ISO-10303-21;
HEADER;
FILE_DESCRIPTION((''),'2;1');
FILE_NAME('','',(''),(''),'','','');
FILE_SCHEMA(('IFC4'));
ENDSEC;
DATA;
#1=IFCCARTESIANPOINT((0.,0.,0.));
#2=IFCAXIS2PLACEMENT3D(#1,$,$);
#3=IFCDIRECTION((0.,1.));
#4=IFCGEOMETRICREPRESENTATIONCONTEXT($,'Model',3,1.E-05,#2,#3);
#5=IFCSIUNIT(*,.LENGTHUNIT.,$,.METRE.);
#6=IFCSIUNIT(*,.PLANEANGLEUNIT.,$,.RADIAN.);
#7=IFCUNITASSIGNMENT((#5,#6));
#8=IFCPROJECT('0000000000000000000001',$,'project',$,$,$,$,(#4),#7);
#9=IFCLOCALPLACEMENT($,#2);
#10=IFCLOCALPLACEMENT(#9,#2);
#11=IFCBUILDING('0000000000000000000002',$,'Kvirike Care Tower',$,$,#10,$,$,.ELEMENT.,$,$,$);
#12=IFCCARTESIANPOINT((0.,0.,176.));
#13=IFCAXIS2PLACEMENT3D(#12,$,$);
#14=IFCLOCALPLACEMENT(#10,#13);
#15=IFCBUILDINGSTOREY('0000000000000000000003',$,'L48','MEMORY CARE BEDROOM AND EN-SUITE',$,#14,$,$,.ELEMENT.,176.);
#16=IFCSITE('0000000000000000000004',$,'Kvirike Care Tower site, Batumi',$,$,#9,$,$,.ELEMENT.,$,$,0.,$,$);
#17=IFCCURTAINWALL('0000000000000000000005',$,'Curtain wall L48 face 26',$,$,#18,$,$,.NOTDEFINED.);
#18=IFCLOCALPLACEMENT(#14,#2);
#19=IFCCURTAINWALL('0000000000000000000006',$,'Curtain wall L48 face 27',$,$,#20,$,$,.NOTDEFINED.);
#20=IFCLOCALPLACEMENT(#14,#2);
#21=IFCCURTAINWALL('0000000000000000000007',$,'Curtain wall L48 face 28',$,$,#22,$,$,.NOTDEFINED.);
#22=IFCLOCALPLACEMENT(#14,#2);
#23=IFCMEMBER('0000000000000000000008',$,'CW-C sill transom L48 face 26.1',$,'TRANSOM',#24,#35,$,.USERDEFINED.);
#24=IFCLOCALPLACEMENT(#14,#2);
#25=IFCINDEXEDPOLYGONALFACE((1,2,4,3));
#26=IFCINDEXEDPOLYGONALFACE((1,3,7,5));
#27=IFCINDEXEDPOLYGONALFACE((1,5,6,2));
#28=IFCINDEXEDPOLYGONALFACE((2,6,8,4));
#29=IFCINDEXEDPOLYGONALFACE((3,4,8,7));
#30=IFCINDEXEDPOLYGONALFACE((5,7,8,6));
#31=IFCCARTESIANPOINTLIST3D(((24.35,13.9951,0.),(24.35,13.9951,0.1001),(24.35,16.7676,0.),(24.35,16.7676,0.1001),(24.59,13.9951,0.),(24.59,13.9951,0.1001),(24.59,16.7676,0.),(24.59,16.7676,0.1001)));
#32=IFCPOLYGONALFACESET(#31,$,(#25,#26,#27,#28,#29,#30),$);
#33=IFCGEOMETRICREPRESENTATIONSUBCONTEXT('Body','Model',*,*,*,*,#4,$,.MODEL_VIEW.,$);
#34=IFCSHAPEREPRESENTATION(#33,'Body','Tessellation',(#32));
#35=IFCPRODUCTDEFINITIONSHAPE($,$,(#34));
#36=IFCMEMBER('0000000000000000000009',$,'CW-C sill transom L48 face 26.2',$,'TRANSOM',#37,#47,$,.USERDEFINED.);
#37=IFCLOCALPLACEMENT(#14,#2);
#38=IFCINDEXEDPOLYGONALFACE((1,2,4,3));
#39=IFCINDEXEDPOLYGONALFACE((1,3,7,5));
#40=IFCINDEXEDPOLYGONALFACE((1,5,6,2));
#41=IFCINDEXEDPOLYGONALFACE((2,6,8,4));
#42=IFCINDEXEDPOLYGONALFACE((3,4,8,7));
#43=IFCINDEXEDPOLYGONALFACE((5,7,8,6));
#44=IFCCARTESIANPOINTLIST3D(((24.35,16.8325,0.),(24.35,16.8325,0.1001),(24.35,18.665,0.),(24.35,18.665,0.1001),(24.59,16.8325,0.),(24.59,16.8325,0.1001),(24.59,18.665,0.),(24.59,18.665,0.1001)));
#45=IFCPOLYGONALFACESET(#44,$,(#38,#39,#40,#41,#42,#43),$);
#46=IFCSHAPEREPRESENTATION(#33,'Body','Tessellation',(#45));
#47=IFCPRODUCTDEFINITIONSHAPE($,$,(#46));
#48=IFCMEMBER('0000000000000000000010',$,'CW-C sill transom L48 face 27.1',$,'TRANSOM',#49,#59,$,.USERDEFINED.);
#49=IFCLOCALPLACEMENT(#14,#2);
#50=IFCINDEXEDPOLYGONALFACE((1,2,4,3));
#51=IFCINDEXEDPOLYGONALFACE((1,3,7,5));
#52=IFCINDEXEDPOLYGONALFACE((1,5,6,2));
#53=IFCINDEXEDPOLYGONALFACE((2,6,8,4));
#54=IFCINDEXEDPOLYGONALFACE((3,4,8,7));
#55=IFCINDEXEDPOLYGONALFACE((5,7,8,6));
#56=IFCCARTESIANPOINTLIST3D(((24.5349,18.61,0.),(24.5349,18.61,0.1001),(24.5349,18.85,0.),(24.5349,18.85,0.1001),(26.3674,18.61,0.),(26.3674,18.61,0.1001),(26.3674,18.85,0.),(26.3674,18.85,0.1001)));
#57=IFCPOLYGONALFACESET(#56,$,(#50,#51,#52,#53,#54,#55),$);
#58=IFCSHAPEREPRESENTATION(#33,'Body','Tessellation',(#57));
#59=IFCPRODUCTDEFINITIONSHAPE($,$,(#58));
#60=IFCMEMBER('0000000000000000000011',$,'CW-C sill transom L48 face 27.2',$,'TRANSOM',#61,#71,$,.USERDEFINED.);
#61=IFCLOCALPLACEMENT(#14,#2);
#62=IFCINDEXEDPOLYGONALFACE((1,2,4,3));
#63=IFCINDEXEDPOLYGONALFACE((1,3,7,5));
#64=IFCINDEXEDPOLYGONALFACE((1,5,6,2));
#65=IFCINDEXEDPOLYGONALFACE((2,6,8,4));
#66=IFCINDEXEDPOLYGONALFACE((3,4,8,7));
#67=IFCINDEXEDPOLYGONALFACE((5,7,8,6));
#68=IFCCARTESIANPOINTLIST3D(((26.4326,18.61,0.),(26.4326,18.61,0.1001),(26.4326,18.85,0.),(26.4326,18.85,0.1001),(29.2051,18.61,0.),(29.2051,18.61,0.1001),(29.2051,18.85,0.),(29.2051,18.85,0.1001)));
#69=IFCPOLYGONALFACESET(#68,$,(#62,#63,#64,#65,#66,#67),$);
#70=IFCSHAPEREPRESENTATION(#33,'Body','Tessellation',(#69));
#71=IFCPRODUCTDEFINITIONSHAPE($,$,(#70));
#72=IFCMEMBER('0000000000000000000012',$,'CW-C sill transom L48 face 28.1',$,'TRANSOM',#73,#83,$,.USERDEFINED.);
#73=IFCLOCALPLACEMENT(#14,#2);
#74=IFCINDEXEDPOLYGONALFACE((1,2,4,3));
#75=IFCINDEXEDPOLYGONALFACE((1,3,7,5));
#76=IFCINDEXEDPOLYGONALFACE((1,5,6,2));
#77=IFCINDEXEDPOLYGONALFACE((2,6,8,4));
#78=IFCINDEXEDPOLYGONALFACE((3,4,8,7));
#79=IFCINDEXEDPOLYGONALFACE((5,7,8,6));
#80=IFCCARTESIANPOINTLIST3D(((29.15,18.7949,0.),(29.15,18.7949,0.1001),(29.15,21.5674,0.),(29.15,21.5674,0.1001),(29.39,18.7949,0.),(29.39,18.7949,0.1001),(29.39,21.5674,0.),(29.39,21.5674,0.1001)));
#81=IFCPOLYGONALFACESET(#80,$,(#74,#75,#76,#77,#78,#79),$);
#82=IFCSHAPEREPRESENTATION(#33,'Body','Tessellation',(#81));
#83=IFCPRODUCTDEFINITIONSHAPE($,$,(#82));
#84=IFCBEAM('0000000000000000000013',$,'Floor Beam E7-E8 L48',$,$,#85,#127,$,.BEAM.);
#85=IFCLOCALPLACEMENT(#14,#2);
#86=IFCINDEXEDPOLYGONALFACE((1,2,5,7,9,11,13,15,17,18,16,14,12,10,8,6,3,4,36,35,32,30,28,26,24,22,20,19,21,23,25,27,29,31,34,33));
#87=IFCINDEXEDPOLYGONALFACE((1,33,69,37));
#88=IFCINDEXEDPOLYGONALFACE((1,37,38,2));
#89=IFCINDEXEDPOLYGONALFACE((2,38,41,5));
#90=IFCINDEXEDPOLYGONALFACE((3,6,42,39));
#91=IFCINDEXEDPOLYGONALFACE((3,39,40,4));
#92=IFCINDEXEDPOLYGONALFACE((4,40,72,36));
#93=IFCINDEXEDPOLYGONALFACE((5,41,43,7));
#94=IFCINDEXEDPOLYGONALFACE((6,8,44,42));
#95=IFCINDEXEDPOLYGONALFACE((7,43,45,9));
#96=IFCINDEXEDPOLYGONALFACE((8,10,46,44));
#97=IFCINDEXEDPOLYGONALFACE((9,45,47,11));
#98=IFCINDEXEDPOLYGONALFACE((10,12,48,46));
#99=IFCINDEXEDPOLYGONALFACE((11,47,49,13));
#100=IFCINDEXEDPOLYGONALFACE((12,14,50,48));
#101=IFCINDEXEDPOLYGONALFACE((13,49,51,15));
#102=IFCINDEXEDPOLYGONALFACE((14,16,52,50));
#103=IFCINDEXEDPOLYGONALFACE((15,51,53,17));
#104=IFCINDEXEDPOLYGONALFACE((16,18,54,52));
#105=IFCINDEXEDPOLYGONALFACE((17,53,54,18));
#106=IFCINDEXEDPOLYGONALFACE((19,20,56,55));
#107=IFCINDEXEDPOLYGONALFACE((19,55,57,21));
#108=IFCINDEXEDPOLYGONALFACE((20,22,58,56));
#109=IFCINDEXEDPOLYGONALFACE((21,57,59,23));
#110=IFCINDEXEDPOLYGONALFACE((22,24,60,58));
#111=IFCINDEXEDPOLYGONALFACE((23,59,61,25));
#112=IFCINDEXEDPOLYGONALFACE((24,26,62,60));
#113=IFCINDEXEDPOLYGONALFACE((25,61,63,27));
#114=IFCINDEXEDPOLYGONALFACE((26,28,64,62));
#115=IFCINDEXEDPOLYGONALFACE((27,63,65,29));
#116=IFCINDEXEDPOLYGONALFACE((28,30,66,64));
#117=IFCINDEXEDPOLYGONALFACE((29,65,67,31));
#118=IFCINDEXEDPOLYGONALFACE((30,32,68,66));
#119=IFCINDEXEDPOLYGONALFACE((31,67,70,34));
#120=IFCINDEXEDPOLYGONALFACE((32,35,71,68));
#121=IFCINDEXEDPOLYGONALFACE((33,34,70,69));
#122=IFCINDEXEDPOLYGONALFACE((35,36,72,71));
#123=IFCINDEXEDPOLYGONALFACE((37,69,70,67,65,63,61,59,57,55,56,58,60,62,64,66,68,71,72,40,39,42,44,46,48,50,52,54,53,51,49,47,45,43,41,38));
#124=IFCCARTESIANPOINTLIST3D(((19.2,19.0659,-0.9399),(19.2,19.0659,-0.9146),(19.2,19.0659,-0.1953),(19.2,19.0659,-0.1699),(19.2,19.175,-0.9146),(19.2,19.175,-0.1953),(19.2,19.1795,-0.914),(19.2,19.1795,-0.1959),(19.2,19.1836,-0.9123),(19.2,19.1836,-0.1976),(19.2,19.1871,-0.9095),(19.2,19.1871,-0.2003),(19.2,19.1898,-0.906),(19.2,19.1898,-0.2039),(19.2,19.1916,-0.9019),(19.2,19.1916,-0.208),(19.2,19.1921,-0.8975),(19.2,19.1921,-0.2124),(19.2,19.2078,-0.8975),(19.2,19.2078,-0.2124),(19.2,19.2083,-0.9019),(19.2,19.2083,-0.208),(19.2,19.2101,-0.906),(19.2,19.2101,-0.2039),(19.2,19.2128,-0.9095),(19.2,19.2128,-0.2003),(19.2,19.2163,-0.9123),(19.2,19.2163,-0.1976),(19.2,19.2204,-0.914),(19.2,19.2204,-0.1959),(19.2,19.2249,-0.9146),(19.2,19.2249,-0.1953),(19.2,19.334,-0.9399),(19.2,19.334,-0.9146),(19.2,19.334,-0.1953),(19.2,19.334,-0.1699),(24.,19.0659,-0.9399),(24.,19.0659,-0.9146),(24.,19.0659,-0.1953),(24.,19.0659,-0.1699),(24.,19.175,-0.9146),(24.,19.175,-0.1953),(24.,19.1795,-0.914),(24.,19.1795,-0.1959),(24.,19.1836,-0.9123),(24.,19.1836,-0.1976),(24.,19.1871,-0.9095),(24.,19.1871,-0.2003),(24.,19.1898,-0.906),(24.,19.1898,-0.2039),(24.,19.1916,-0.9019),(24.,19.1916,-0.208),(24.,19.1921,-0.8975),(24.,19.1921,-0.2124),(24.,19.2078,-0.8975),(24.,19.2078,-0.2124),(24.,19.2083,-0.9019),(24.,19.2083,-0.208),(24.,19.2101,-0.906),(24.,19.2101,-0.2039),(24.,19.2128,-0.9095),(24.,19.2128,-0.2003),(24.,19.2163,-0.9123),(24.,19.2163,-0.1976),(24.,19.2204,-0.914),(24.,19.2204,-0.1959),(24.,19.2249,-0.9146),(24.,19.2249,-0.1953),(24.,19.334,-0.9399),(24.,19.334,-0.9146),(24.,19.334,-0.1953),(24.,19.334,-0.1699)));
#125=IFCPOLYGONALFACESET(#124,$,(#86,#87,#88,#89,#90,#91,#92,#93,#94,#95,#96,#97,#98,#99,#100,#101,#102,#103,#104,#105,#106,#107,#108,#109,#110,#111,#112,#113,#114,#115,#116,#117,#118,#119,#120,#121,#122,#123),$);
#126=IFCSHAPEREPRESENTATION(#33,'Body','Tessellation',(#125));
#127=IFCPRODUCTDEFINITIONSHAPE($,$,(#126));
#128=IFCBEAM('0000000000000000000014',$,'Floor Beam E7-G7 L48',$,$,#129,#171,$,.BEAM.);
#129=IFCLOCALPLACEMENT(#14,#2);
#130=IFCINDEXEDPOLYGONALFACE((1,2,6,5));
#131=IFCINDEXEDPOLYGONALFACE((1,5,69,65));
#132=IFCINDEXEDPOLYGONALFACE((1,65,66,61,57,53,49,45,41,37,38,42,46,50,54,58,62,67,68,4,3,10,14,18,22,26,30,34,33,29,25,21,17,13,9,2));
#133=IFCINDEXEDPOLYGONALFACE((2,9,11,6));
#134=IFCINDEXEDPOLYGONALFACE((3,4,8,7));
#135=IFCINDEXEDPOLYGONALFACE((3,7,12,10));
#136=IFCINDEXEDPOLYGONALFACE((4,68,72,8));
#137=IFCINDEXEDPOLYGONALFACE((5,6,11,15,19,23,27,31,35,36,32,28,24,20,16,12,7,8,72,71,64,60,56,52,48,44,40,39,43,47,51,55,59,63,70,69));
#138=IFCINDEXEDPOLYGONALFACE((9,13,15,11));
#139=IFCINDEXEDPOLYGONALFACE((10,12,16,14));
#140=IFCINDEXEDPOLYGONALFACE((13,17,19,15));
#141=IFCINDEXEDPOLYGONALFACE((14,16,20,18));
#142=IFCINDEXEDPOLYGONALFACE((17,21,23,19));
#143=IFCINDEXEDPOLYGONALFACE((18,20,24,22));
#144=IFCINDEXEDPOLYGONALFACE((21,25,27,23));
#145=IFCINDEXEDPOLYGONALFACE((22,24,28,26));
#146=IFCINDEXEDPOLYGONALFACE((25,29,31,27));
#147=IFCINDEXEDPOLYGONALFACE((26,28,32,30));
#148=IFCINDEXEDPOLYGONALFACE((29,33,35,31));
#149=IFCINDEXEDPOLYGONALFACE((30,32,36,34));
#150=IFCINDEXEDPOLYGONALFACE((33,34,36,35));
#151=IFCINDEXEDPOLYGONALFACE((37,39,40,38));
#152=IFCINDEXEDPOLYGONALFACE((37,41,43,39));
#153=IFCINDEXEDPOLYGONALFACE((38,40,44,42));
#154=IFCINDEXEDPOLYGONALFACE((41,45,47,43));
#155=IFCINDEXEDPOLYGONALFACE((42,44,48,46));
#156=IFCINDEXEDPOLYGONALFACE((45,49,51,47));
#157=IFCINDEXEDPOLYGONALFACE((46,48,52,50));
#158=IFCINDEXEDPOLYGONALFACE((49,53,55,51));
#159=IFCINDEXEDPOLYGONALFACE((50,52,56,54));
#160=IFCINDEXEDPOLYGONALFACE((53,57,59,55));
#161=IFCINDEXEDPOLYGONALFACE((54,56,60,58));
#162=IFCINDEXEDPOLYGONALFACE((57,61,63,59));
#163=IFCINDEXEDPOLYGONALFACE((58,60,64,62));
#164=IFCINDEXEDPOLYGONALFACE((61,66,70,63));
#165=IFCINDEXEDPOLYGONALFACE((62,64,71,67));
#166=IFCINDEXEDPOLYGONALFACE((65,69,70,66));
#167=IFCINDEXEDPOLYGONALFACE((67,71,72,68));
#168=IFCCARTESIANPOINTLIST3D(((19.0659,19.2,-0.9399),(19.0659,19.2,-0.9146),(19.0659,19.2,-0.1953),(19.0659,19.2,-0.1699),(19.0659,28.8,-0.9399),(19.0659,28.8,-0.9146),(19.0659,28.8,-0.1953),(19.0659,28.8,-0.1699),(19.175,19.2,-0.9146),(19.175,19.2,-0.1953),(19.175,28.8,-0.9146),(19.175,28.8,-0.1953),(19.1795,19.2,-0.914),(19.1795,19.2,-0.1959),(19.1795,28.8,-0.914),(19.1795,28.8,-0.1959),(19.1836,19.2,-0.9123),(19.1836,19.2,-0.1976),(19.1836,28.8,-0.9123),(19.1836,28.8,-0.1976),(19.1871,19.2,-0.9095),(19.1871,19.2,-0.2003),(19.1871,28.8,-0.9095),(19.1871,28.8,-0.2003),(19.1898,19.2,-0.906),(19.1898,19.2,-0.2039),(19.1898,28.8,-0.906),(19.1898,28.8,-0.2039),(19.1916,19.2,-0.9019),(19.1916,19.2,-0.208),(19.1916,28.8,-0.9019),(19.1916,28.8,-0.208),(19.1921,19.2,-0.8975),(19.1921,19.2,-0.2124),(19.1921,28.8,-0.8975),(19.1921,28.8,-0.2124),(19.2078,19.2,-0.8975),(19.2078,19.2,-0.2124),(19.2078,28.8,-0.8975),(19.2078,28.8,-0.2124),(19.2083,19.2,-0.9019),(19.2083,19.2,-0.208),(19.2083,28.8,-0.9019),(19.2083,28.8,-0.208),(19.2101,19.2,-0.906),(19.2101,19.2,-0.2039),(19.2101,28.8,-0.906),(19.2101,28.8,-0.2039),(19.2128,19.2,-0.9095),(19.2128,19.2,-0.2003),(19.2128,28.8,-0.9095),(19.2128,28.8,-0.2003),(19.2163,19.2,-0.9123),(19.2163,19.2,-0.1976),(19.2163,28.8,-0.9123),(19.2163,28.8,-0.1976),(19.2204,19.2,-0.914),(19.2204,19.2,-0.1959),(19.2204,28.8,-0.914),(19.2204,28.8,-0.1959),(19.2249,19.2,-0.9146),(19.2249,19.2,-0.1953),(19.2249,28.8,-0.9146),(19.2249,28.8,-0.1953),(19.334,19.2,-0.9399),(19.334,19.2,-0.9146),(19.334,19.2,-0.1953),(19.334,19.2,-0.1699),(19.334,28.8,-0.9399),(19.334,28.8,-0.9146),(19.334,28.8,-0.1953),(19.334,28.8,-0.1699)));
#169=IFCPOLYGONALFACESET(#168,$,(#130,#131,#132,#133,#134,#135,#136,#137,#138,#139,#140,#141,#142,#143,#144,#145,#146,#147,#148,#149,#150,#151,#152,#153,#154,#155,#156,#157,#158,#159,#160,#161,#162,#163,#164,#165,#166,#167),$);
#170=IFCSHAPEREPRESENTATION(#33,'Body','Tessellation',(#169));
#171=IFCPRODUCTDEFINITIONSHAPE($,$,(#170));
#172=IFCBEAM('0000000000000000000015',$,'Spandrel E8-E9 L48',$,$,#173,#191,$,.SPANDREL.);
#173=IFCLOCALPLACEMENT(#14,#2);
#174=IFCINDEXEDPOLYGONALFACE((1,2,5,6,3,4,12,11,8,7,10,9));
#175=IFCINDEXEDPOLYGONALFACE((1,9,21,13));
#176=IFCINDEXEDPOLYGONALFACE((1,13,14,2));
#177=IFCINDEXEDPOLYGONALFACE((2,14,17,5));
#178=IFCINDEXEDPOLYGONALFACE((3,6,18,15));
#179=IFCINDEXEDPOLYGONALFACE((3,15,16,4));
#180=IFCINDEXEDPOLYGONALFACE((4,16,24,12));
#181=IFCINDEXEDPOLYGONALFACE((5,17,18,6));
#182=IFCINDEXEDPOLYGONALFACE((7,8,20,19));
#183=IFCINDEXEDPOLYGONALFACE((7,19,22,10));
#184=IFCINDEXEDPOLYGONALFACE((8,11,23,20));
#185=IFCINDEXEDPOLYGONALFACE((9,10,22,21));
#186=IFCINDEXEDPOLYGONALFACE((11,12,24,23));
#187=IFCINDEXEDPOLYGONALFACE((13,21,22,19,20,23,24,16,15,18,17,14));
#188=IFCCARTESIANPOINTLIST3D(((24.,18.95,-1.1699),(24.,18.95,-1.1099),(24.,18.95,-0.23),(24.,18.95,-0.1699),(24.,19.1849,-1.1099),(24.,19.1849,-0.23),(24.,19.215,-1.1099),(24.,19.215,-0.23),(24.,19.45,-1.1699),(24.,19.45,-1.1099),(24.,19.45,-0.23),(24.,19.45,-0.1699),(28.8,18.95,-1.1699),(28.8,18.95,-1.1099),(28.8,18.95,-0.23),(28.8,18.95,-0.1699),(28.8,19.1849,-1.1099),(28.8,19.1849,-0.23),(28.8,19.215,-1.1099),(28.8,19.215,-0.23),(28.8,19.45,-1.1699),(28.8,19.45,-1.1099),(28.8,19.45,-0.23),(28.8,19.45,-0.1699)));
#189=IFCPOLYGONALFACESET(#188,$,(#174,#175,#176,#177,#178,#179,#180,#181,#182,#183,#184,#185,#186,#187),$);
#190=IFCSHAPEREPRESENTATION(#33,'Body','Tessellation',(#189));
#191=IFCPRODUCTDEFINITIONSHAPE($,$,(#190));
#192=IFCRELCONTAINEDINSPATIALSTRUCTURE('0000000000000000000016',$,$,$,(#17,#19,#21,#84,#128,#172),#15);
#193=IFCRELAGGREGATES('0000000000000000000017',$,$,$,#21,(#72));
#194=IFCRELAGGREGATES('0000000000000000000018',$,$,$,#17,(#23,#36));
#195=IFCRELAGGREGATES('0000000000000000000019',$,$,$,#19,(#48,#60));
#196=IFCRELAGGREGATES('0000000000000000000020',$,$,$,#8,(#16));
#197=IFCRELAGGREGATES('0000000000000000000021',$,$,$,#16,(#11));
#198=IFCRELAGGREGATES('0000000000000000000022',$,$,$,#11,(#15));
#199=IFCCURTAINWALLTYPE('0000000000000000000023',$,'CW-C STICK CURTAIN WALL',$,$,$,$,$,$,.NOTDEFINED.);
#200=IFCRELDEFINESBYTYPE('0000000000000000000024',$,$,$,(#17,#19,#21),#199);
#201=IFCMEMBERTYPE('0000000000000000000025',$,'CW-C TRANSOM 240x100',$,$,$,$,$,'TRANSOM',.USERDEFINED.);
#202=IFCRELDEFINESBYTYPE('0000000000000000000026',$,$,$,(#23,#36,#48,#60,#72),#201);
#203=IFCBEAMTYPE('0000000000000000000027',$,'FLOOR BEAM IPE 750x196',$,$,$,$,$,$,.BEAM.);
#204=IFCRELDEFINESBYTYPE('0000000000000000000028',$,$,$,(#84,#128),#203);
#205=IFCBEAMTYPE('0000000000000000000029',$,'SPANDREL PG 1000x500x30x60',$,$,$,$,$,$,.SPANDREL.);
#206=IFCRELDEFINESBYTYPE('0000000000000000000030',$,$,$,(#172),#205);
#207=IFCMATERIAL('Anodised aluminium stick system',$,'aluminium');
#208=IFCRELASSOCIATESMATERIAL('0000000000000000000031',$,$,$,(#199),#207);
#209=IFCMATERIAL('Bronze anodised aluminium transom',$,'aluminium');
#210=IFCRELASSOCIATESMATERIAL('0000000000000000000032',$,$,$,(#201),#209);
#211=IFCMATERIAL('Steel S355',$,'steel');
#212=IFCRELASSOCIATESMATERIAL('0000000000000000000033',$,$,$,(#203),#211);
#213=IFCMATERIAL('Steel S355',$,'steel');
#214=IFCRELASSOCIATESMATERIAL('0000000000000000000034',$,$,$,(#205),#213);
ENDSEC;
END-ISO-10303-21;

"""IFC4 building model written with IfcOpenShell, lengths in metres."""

from ifc_helpers import new_model, si_unit, direction, frame, origin, origin_2d, place, context, subcontext, project, spatial, rectangle, i_section, extrude, material, material_profile, profile_set, type_object, element, aggregate, save


model = new_model("IFC4")

# Units and contexts
model_context = context("Model", 3, precision=1e-05, world=origin(), true_north=direction((0.0, 1.0)))
body_context = subcontext(model_context, "Body", "Model", "MODEL_VIEW")
ifc_project = project(units=[si_unit("LENGTHUNIT", "METRE"), si_unit("PLANEANGLEUNIT", "RADIAN")], contexts=[model_context])

# Site, building, storey
site_placement = place(None, origin())
site = spatial("IfcSite", under=ifc_project, at=site_placement, Name="Kvirike Care Tower site, Batumi", CompositionType="ELEMENT", RefElevation=0.0)
building_placement = place(site_placement, origin())
building = spatial("IfcBuilding", under=site, at=building_placement, Name="Kvirike Care Tower", CompositionType="ELEMENT")
storey_placement = place(building_placement, frame((0.0, 0.0, 176.0)))
storey = spatial("IfcBuildingStorey", under=building, at=storey_placement, Name="L48", Description="MEMORY CARE BEDROOM AND EN-SUITE", CompositionType="ELEMENT", Elevation=176.0)

# Curtain walls
ifc_material_1 = material(Name="Anodised aluminium stick system", Category="aluminium")
curtain_wall_type = type_object("IfcCurtainWallType", Name="CW-C STICK CURTAIN WALL", PredefinedType="NOTDEFINED", material=ifc_material_1)
curtain_wall_1_placement = place(storey_placement, origin())
curtain_wall_1 = element("IfcCurtainWall", 1, at=curtain_wall_1_placement, inside=storey, type_object=curtain_wall_type, Name="Curtain wall L48 face 26", PredefinedType="NOTDEFINED")
curtain_wall_2_placement = place(storey_placement, origin())
curtain_wall_2 = element("IfcCurtainWall", 2, at=curtain_wall_2_placement, inside=storey, type_object=curtain_wall_type, Name="Curtain wall L48 face 27", PredefinedType="NOTDEFINED")

# Curtain wall
curtain_wall_3_placement = place(storey_placement, origin())
curtain_wall_3 = element("IfcCurtainWall", 3, at=curtain_wall_3_placement, inside=storey, type_object=curtain_wall_type, Name="Curtain wall L48 face 28", PredefinedType="NOTDEFINED")

# Members
ifc_material_2 = material(Name="Bronze anodised aluminium transom", Category="aluminium")
ifc_material_profile_1 = material_profile(ifc_material_2, rectangle(XDim=0.24, YDim=0.1001, at=origin_2d()), Name="CW-C TRANSOM 240x100")
ifc_profile_set_1 = profile_set([ifc_material_profile_1], Name="Bronze anodised aluminium transom")
member_type_1 = type_object("IfcMemberType", Name="CW-C TRANSOM 240x100", ElementType="TRANSOM", PredefinedType="USERDEFINED", material=ifc_profile_set_1)
member_1_placement = place(storey_placement, frame((24.47, 13.9951, 0.05), z_axis=(0.0, 1.0, 0.0), x_axis=(-1.0, 0.0, 0.0)))
member_1 = element("IfcMember", 4, at=member_1_placement, type_object=member_type_1, Name="CW-C sill transom L48 face 26.1", ObjectType="TRANSOM", PredefinedType="USERDEFINED", context=body_context, shape_type="SweptSolid", body=[
    extrude(rectangle(XDim=0.24, YDim=0.1001, at=origin_2d()), origin(), (0.0, 0.0, 1.0), 2.7725),
])
member_2_placement = place(storey_placement, frame((24.47, 16.8325, 0.05), z_axis=(0.0, 1.0, 0.0), x_axis=(-1.0, 0.0, 0.0)))
member_2 = element("IfcMember", 5, at=member_2_placement, type_object=member_type_1, Name="CW-C sill transom L48 face 26.2", ObjectType="TRANSOM", PredefinedType="USERDEFINED", context=body_context, shape_type="SweptSolid", body=[
    extrude(rectangle(XDim=0.24, YDim=0.1001, at=origin_2d()), origin(), (0.0, 0.0, 1.0), 1.8325),
])
member_3_placement = place(storey_placement, frame((24.5349, 18.73, 0.05), z_axis=(1.0, 0.0, 0.0), x_axis=(0.0, 1.0, 0.0)))
member_3 = element("IfcMember", 6, at=member_3_placement, type_object=member_type_1, Name="CW-C sill transom L48 face 27.1", ObjectType="TRANSOM", PredefinedType="USERDEFINED", context=body_context, shape_type="SweptSolid", body=[
    extrude(rectangle(XDim=0.24, YDim=0.1001, at=origin_2d()), origin(), (0.0, 0.0, 1.0), 1.8325),
])
member_4_placement = place(storey_placement, frame((26.4326, 18.73, 0.05), z_axis=(1.0, 0.0, 0.0), x_axis=(0.0, 1.0, 0.0)))
member_4 = element("IfcMember", 7, at=member_4_placement, type_object=member_type_1, Name="CW-C sill transom L48 face 27.2", ObjectType="TRANSOM", PredefinedType="USERDEFINED", context=body_context, shape_type="SweptSolid", body=[
    extrude(rectangle(XDim=0.24, YDim=0.1001, at=origin_2d()), origin(), (0.0, 0.0, 1.0), 2.7725),
])
member_5_placement = place(storey_placement, frame((29.27, 18.7949, 0.05), z_axis=(0.0, 1.0, 0.0), x_axis=(-1.0, 0.0, 0.0)))
member_5 = element("IfcMember", 8, at=member_5_placement, type_object=member_type_1, Name="CW-C sill transom L48 face 28.1", ObjectType="TRANSOM", PredefinedType="USERDEFINED", context=body_context, shape_type="SweptSolid", body=[
    extrude(rectangle(XDim=0.24, YDim=0.1001, at=origin_2d()), origin(), (0.0, 0.0, 1.0), 2.7725),
])
aggregate(curtain_wall_3, [member_5])

# Beams
ifc_material_3 = material(Name="Steel S355", Category="steel")
ifc_material_profile_2 = material_profile(ifc_material_3, i_section(OverallWidth=0.2681, OverallDepth=0.77, WebThickness=0.0156, FlangeThickness=0.0254, FilletRadius=0.0171, at=origin_2d()), Name="IPE 750x196")
ifc_profile_set_2 = profile_set([ifc_material_profile_2], Name="Steel S355")
beam_type_1 = type_object("IfcBeamType", Name="FLOOR BEAM IPE 750x196", PredefinedType="BEAM", material=ifc_profile_set_2)
beam_1_placement = place(storey_placement, frame((19.2, 19.2, -0.5549), z_axis=(1.0, 0.0, 0.0), x_axis=(0.0, 1.0, 0.0)))
element("IfcBeam", 9, at=beam_1_placement, inside=storey, type_object=beam_type_1, Name="Floor Beam E7-E8 L48", PredefinedType="BEAM", context=body_context, shape_type="SweptSolid", body=[
    extrude(i_section(OverallWidth=0.2681, OverallDepth=0.77, WebThickness=0.0156, FlangeThickness=0.0254, FilletRadius=0.0171, at=origin_2d()), origin(), (0.0, 0.0, 1.0), 4.8),
])
beam_2_placement = place(storey_placement, frame((19.2, 19.2, -0.5549), z_axis=(0.0, 1.0, 0.0), x_axis=(-1.0, 0.0, 0.0)))
element("IfcBeam", 10, at=beam_2_placement, inside=storey, type_object=beam_type_1, Name="Floor Beam E7-G7 L48", PredefinedType="BEAM", context=body_context, shape_type="SweptSolid", body=[
    extrude(i_section(OverallWidth=0.2681, OverallDepth=0.77, WebThickness=0.0156, FlangeThickness=0.0254, FilletRadius=0.0171, at=origin_2d()), origin(), (0.0, 0.0, 1.0), 9.6001),
])
ifc_material_4 = material(Name="Steel S355", Category="steel")
ifc_material_profile_3 = material_profile(ifc_material_4, i_section(OverallWidth=0.5, OverallDepth=1.0, WebThickness=0.03, FlangeThickness=0.0601, at=origin_2d()), Name="PG 1000x500x30x60")
ifc_profile_set_3 = profile_set([ifc_material_profile_3], Name="Steel S355")
beam_type_2 = type_object("IfcBeamType", Name="SPANDREL PG 1000x500x30x60", PredefinedType="SPANDREL", material=ifc_profile_set_3)
for number, where, z_axis, x_axis, name in (
    (11, (24.0, 19.2, -0.6699), (1.0, 0.0, 0.0), (0.0, 1.0, 0.0), "Spandrel E8-E9 L48"),
):
    element("IfcBeam", number, at=place(storey_placement, frame(where, z_axis=z_axis, x_axis=x_axis)), inside=storey, type_object=beam_type_2, Name=name, PredefinedType="SPANDREL", context=body_context, shape_type="SweptSolid", body=[
        extrude(i_section(OverallWidth=0.5, OverallDepth=1.0, WebThickness=0.03, FlangeThickness=0.0601, at=origin_2d()), origin(), (0.0, 0.0, 1.0), 4.8),
    ])

aggregate(curtain_wall_1, [member_1, member_2])
aggregate(curtain_wall_2, [member_3, member_4])

save(model, "model.ifc")
